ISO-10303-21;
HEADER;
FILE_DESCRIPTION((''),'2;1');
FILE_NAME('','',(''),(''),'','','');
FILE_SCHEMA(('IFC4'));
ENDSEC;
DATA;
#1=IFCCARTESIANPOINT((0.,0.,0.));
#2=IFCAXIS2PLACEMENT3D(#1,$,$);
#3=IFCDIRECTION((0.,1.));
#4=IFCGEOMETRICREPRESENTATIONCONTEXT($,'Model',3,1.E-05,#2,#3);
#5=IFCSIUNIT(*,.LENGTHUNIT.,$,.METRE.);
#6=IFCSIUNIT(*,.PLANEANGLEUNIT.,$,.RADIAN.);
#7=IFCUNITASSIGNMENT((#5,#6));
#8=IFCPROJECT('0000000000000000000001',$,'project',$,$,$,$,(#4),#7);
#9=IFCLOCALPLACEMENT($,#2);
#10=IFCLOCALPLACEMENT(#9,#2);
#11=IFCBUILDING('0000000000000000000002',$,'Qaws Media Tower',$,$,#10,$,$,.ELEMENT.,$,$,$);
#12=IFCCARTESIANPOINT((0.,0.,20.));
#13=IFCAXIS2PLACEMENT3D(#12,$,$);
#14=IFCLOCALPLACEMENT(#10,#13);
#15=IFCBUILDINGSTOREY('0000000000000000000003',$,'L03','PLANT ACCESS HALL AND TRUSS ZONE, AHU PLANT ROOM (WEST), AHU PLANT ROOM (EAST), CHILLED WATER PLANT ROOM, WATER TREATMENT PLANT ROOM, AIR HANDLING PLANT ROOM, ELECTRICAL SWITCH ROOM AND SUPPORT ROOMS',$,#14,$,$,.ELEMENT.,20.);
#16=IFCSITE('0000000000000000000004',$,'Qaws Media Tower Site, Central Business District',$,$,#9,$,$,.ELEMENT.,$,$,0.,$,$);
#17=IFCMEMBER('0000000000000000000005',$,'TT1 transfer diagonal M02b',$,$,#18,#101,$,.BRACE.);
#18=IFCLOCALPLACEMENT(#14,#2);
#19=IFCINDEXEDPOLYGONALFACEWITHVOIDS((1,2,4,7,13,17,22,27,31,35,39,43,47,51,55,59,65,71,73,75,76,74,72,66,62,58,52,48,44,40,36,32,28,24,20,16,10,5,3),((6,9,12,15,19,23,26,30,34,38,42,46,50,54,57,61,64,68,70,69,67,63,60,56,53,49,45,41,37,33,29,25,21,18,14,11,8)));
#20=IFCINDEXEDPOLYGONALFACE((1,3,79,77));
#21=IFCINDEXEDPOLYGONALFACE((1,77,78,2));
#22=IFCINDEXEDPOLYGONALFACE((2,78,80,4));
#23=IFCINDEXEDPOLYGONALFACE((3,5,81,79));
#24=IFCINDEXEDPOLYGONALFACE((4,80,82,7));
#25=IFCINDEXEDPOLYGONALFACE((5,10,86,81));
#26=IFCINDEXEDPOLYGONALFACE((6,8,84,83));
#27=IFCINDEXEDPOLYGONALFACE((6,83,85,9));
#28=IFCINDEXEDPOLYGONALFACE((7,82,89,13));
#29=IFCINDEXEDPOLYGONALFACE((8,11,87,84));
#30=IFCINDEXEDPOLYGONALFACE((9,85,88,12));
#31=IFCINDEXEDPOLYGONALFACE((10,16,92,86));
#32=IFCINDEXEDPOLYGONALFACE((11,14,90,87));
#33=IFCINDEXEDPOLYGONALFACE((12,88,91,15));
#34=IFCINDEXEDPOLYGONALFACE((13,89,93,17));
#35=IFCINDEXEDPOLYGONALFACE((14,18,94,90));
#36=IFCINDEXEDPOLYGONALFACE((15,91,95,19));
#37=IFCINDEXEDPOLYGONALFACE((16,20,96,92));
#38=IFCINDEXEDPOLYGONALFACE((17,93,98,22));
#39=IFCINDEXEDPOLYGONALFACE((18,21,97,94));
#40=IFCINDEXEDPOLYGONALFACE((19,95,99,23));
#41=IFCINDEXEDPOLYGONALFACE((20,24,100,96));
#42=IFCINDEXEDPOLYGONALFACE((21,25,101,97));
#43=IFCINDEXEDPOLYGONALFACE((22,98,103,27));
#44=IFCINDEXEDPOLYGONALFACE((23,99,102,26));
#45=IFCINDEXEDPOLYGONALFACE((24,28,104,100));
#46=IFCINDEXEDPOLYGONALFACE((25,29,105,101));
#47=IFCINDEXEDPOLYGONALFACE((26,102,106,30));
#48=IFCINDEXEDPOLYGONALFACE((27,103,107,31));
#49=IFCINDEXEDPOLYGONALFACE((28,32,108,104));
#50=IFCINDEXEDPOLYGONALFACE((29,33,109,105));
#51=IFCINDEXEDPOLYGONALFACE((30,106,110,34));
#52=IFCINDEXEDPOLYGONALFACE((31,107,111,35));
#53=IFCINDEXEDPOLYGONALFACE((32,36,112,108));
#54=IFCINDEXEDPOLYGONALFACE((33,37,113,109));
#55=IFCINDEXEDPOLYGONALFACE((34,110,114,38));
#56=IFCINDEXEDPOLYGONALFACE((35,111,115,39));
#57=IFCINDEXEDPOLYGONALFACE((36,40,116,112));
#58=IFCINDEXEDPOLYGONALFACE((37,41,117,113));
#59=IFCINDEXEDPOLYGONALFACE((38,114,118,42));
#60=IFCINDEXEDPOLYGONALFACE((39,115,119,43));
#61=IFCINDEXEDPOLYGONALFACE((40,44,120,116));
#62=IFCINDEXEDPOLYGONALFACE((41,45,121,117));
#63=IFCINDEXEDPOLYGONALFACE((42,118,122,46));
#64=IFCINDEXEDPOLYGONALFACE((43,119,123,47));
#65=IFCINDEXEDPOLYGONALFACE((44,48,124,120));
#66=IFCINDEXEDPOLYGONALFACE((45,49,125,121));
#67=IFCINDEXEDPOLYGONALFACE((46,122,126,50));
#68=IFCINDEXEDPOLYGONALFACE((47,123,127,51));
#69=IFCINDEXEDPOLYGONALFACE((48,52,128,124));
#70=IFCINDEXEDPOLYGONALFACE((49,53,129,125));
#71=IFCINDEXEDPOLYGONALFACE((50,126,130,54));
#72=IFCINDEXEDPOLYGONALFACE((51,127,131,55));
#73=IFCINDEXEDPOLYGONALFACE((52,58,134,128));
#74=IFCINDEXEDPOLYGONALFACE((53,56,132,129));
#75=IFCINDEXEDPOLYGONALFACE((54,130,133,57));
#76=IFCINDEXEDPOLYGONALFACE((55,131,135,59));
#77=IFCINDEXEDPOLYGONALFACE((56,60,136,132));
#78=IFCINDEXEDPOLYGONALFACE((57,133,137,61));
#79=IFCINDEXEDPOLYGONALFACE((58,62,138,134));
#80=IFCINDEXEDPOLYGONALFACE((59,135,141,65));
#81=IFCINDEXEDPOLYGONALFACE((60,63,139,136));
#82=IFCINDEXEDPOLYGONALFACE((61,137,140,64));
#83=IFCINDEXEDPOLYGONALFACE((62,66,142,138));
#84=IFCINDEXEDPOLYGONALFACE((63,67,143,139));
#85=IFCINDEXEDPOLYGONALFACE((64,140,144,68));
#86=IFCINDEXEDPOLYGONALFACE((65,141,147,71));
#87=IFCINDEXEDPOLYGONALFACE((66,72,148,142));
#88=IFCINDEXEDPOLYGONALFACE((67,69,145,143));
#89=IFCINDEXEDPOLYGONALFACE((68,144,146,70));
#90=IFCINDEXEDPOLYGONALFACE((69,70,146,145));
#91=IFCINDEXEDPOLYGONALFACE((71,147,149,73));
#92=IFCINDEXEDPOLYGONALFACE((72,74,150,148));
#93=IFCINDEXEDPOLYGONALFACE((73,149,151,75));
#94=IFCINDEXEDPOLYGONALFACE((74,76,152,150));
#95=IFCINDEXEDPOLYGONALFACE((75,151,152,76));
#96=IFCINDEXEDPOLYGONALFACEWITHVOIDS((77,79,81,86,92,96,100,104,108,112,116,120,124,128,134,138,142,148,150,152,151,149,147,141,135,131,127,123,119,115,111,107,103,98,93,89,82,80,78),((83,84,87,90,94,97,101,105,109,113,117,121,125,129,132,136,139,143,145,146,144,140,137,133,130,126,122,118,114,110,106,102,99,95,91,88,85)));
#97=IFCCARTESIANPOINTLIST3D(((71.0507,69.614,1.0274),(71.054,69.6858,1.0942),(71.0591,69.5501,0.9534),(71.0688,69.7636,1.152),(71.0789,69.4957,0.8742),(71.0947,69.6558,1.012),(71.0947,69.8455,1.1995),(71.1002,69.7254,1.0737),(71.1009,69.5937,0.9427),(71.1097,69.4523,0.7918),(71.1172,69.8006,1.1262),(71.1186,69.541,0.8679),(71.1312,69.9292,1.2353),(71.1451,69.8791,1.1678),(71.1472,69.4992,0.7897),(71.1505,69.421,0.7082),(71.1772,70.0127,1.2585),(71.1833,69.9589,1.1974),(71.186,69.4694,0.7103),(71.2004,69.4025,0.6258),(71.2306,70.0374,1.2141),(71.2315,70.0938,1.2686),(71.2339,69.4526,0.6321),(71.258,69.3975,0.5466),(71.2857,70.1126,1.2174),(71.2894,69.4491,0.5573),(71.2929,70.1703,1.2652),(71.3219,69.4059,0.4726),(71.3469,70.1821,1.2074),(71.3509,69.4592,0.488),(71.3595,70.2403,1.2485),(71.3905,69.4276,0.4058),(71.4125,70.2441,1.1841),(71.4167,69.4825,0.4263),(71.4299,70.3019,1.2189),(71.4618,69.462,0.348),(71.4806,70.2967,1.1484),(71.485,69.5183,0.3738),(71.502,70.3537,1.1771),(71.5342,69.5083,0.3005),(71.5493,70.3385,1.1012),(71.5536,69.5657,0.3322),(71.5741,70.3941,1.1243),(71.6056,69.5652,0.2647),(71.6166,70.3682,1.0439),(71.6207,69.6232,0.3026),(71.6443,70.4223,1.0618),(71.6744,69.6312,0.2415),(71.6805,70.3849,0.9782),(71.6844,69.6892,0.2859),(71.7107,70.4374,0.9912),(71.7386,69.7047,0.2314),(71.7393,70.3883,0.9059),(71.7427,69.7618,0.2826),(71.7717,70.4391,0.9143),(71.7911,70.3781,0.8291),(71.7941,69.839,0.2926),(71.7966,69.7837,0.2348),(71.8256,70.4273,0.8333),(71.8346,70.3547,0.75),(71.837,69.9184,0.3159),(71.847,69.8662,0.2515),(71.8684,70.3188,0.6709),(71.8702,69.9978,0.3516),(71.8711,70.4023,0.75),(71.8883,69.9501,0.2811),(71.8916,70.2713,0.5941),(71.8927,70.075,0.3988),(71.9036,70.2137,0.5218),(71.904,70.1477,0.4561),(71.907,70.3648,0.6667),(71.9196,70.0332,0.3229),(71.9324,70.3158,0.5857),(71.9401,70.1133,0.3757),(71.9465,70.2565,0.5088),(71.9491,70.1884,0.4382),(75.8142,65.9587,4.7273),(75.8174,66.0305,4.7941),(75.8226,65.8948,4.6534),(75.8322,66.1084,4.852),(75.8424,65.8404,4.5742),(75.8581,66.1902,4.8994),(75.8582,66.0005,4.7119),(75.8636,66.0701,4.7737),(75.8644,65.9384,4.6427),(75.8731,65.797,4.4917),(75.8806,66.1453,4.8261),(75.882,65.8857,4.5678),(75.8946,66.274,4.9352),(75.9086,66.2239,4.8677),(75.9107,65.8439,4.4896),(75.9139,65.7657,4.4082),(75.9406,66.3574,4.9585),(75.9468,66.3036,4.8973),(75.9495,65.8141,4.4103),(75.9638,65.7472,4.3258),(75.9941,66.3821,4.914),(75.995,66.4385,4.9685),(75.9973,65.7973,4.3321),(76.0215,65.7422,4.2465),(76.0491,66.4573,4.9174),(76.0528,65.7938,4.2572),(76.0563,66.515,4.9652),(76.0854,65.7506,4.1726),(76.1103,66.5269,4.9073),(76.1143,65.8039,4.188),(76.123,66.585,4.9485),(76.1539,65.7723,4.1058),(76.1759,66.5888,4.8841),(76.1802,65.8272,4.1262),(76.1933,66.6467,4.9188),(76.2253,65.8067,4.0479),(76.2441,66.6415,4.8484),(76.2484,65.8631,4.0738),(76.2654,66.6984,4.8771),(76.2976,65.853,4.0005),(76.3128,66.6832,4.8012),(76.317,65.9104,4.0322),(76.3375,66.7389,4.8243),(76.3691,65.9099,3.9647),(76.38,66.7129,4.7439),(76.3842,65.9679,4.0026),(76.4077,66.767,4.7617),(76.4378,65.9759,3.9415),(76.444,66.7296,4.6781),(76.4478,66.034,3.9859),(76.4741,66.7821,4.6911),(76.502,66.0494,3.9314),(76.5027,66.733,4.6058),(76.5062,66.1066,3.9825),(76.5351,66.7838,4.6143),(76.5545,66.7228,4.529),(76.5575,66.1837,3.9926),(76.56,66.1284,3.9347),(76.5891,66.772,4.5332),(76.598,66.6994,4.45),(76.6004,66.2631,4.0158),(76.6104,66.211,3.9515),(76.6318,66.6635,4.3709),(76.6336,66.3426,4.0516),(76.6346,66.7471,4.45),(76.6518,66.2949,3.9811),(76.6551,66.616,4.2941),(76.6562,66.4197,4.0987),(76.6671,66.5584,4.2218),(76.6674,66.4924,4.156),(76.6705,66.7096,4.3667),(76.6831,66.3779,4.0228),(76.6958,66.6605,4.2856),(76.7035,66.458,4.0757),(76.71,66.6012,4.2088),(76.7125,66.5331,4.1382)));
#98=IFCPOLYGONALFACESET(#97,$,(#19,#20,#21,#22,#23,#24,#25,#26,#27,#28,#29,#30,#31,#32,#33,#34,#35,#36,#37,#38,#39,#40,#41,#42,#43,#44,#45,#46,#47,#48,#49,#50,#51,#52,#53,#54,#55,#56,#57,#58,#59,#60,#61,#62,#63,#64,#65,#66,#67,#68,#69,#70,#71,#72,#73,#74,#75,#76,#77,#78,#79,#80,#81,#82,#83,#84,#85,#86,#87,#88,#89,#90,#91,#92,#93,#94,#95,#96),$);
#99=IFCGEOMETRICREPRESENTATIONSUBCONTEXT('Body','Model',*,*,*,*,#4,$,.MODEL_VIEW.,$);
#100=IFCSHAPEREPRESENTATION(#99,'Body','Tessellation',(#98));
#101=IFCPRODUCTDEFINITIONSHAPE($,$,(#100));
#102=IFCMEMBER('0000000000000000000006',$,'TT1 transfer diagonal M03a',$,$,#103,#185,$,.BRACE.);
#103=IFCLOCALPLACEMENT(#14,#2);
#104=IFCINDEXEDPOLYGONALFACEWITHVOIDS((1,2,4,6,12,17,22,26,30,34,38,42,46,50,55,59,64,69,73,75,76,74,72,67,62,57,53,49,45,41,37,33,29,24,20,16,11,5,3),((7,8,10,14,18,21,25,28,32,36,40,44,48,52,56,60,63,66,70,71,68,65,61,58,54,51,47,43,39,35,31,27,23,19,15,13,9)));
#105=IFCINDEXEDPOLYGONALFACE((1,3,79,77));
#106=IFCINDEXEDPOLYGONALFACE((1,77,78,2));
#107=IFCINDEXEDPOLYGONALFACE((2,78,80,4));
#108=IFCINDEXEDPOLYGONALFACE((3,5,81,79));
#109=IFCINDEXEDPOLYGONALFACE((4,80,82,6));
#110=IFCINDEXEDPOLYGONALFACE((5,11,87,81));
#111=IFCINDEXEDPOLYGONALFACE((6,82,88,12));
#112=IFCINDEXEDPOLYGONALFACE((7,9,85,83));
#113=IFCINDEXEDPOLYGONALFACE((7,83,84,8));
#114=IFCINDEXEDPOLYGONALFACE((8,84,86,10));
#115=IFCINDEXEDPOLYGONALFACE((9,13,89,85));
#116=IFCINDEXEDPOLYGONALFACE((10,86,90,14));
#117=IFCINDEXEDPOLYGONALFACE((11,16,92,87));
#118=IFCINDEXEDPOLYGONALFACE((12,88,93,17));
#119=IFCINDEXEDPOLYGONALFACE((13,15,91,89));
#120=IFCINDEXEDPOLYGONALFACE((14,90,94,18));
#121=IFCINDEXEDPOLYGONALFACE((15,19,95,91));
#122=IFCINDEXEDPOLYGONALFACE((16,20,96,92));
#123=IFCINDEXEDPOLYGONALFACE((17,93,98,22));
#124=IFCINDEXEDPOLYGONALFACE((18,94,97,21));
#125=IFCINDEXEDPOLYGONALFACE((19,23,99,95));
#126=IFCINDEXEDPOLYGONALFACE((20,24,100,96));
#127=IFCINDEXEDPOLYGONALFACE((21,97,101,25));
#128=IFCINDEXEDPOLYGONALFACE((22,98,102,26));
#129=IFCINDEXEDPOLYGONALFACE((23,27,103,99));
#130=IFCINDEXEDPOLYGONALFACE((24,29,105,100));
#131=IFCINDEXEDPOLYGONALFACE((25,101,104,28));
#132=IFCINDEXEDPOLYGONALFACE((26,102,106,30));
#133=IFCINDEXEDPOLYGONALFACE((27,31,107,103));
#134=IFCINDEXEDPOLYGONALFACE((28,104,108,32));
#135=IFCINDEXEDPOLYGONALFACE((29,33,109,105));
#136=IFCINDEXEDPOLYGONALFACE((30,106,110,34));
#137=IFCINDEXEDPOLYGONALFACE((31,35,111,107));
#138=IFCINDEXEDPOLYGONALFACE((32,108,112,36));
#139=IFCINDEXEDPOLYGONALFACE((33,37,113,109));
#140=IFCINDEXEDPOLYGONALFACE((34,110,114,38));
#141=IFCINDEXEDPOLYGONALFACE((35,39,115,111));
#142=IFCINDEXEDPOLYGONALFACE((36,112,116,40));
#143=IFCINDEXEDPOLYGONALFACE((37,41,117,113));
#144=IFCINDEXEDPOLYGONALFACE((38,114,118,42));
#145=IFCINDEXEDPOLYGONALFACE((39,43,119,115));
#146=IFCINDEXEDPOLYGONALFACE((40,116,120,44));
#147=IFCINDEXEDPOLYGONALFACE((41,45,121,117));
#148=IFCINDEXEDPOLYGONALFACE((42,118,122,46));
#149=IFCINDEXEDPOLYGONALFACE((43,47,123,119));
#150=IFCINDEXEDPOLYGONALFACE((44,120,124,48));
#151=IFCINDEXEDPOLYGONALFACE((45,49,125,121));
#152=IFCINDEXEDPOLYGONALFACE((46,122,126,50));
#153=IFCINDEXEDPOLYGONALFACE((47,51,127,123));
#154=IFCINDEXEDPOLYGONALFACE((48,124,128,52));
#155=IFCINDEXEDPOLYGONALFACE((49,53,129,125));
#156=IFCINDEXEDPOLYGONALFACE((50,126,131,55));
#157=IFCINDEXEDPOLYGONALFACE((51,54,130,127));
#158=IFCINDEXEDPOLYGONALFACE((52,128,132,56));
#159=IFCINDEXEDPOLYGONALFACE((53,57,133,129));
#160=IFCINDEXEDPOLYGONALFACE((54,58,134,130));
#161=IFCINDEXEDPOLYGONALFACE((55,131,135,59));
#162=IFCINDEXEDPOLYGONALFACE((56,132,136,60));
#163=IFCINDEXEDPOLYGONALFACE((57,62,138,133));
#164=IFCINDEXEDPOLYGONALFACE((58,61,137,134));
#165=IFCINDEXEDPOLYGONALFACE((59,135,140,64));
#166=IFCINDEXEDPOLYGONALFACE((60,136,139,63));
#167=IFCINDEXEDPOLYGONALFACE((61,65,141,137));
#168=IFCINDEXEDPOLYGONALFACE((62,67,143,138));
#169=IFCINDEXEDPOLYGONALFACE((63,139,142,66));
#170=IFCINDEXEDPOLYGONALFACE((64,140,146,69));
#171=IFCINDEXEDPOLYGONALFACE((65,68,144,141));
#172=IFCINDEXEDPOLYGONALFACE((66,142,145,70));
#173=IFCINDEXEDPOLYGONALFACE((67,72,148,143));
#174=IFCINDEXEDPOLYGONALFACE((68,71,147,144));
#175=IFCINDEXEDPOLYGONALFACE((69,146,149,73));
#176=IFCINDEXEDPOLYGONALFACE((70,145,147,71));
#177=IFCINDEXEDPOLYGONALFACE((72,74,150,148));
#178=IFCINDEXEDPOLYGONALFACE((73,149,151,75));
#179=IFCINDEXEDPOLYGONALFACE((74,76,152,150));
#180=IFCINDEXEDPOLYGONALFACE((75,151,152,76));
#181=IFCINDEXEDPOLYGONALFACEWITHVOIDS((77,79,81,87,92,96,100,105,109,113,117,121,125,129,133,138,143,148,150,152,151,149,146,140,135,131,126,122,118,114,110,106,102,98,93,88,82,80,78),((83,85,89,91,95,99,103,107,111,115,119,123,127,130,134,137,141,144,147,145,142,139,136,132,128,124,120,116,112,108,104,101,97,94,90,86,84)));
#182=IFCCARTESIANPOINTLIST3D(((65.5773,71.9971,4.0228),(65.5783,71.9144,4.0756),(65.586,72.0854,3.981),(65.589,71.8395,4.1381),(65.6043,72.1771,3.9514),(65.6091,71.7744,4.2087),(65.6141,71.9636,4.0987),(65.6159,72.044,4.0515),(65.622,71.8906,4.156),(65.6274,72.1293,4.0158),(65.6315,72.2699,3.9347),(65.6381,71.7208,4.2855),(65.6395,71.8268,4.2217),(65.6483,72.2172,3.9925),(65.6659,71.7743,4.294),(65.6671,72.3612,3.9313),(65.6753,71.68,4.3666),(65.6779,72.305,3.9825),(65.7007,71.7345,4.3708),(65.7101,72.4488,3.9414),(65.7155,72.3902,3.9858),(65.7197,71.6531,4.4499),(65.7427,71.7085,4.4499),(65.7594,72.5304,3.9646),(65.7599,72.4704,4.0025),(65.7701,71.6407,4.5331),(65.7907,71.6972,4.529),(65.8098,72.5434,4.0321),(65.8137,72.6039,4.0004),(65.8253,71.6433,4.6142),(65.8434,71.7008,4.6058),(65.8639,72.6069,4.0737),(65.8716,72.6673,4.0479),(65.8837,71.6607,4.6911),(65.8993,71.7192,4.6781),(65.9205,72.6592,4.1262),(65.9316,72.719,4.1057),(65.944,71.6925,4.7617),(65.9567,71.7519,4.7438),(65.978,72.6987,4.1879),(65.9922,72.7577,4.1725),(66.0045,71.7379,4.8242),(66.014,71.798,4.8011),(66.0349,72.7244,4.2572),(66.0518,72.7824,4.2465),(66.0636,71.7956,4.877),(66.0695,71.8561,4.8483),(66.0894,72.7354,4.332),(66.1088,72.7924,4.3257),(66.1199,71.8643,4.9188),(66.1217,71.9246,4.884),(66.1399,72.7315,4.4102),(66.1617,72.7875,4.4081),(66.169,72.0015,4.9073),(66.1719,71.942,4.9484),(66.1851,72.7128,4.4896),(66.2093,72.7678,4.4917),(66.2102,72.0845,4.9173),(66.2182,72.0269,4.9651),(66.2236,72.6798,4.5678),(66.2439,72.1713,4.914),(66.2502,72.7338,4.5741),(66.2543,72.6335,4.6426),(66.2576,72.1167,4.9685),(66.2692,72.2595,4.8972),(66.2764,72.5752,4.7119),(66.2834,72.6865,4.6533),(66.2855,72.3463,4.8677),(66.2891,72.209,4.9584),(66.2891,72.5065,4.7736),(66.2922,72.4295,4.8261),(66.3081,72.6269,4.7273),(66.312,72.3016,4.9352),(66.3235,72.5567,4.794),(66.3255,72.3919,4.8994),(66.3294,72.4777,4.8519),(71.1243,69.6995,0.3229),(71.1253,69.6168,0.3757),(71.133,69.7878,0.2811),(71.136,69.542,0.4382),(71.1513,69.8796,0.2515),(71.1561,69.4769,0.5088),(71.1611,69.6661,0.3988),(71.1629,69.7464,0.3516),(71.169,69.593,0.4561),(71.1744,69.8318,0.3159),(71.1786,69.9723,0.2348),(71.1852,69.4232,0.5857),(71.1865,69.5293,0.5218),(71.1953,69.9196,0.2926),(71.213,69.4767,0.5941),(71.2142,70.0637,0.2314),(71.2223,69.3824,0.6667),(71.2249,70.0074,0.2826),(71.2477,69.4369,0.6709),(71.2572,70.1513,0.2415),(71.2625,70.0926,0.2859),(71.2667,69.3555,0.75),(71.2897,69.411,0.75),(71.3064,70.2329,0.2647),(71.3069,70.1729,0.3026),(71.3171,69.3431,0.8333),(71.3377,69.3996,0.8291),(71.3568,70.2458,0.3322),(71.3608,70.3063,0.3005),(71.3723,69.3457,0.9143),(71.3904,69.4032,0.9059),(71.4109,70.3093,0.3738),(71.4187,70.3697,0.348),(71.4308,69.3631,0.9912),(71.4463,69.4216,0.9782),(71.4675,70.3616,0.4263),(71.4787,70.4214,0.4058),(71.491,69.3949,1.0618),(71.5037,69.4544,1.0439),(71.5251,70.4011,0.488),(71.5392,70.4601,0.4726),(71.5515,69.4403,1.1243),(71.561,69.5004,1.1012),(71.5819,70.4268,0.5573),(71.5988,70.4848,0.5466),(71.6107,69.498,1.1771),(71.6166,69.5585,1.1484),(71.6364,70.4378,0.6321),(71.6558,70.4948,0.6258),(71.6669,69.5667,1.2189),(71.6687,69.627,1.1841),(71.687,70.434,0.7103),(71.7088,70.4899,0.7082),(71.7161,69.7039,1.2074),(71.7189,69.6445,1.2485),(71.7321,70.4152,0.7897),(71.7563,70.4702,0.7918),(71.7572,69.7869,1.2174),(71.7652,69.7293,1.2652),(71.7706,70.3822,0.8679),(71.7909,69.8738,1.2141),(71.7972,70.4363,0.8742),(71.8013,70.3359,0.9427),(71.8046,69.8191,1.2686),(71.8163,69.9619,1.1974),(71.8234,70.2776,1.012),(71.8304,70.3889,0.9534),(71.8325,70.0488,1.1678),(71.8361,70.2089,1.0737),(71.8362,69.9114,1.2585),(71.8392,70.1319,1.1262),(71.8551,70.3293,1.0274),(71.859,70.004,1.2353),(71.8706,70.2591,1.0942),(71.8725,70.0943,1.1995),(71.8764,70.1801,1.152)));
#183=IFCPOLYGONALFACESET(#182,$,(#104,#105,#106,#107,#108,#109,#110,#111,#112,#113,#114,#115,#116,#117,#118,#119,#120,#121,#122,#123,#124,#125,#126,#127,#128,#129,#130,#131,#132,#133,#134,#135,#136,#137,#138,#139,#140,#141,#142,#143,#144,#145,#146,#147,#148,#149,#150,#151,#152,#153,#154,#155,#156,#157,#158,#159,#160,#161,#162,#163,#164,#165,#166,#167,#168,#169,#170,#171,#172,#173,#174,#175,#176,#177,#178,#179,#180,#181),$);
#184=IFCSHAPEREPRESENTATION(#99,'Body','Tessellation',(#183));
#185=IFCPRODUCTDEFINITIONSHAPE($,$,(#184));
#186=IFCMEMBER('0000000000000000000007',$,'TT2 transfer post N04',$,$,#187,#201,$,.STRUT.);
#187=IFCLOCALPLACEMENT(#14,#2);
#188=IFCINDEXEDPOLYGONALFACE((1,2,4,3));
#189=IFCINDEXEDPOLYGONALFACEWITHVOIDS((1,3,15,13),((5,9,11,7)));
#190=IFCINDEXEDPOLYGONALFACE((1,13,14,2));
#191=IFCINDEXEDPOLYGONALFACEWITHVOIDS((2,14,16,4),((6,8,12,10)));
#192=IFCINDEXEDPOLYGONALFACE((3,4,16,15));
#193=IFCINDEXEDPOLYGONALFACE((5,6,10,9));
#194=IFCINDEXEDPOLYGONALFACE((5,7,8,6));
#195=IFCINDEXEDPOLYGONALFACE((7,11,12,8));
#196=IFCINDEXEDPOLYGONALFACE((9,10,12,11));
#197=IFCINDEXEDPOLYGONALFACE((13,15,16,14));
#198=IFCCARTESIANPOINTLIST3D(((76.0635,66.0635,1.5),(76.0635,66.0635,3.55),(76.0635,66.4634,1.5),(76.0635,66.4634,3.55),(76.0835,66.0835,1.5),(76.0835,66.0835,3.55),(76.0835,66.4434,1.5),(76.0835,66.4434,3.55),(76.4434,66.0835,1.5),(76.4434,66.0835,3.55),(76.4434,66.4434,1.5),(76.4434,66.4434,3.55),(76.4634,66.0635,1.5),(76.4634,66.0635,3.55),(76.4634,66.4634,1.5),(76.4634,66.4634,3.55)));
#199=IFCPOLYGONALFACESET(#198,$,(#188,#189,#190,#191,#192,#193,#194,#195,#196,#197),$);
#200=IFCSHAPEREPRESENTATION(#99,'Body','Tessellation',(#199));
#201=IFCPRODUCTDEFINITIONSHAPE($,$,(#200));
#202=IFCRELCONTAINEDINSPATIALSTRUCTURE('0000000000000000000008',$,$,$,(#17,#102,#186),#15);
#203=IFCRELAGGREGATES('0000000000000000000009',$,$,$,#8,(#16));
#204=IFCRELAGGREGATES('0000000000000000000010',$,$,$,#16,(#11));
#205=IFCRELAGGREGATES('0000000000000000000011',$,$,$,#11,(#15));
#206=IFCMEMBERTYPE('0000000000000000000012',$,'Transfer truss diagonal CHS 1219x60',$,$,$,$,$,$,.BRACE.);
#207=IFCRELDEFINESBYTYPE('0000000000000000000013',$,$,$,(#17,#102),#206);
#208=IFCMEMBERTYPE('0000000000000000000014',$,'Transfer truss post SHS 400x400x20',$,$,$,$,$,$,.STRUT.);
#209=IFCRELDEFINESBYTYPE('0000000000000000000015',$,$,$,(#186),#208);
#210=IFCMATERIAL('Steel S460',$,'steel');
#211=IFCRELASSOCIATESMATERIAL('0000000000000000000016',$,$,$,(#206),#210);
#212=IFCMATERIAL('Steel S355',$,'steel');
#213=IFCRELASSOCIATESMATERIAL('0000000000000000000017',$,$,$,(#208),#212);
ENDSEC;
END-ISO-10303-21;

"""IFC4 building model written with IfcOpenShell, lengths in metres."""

from ifc_helpers import new_model, si_unit, direction, frame, origin, origin_2d, place, context, subcontext, project, spatial, hollow_rectangle, hollow_circle, extrude, material, material_profile, profile_set, type_object, element, save


model = new_model("IFC4")

# Units and contexts
model_context = context("Model", 3, precision=1e-05, world=origin(), true_north=direction((0.0, 1.0)))
body_context = subcontext(model_context, "Body", "Model", "MODEL_VIEW")
ifc_project = project(units=[si_unit("LENGTHUNIT", "METRE"), si_unit("PLANEANGLEUNIT", "RADIAN")], contexts=[model_context])

# Site, building, storey
site_placement = place(None, origin())
site = spatial("IfcSite", under=ifc_project, at=site_placement, Name="Qaws Media Tower Site, Central Business District", CompositionType="ELEMENT", RefElevation=0.0)
building_placement = place(site_placement, origin())
building = spatial("IfcBuilding", under=site, at=building_placement, Name="Qaws Media Tower", CompositionType="ELEMENT")
storey_placement = place(building_placement, frame((0.0, 0.0, 20.0)))
storey = spatial("IfcBuildingStorey", under=building, at=storey_placement, Name="L03", Description="PLANT ACCESS HALL AND TRUSS ZONE, AHU PLANT ROOM (WEST), AHU PLANT ROOM (EAST), CHILLED WATER PLANT ROOM, WATER TREATMENT PLANT ROOM, AIR HANDLING PLANT ROOM, ELECTRICAL SWITCH ROOM AND SUPPORT ROOMS", CompositionType="ELEMENT", Elevation=20.0)

# Members
ifc_material_1 = material(Name="Steel S460", Category="steel")
ifc_material_profile_1 = material_profile(ifc_material_1, hollow_circle(Radius=0.6096, WallThickness=0.0601, at=origin_2d()), Name="CHS 1219x60")
ifc_profile_set_1 = profile_set([ifc_material_profile_1], Name="Steel S460")
member_type_1 = type_object("IfcMemberType", Name="Transfer truss diagonal CHS 1219x60", PredefinedType="BRACE", material=ifc_profile_set_1)
member_1_placement = place(storey_placement, frame((71.5, 69.9187, 0.75), z_axis=(0.675403, -0.518278, 0.524613), x_axis=(0.608779, 0.79334, 0.0)))
element("IfcMember", 1, at=member_1_placement, inside=storey, type_object=member_type_1, Name="TT1 transfer diagonal M02b", PredefinedType="BRACE", context=body_context, shape_type="SweptSolid", body=[
    extrude(hollow_circle(Radius=0.6096, WallThickness=0.0601, at=origin_2d()), origin(), (0.0, 0.0, 1.0), 7.0527),
])
member_2_placement = place(storey_placement, frame((71.5, 69.9187, 0.75), z_axis=(-0.786535, 0.325782, 0.524622), x_axis=(-0.382671, -0.923885, 0.0)))
element("IfcMember", 2, at=member_2_placement, inside=storey, type_object=member_type_1, Name="TT1 transfer diagonal M03a", PredefinedType="BRACE", context=body_context, shape_type="SweptSolid", body=[
    extrude(hollow_circle(Radius=0.6096, WallThickness=0.0601, at=origin_2d()), origin(), (0.0, 0.0, 1.0), 7.0525),
])
ifc_material_2 = material(Name="Steel S355", Category="steel")
ifc_material_profile_2 = material_profile(ifc_material_2, hollow_rectangle(XDim=0.3999, YDim=0.3999, WallThickness=0.02, at=origin_2d()), Name="SHS 400x400x20")
ifc_profile_set_2 = profile_set([ifc_material_profile_2], Name="Steel S355")
member_type_2 = type_object("IfcMemberType", Name="Transfer truss post SHS 400x400x20", PredefinedType="STRUT", material=ifc_profile_set_2)
member_3_placement = place(storey_placement, frame((76.2634, 66.2634, 1.5), z_axis=(0.0, 0.0, 1.0), x_axis=(1.0, 0.0, 0.0)))
element("IfcMember", 3, at=member_3_placement, inside=storey, type_object=member_type_2, Name="TT2 transfer post N04", PredefinedType="STRUT", context=body_context, shape_type="SweptSolid", body=[
    extrude(hollow_rectangle(XDim=0.3999, YDim=0.3999, WallThickness=0.02, at=origin_2d()), origin(), (0.0, 0.0, 1.0), 2.05),
])

save(model, "model.ifc")
